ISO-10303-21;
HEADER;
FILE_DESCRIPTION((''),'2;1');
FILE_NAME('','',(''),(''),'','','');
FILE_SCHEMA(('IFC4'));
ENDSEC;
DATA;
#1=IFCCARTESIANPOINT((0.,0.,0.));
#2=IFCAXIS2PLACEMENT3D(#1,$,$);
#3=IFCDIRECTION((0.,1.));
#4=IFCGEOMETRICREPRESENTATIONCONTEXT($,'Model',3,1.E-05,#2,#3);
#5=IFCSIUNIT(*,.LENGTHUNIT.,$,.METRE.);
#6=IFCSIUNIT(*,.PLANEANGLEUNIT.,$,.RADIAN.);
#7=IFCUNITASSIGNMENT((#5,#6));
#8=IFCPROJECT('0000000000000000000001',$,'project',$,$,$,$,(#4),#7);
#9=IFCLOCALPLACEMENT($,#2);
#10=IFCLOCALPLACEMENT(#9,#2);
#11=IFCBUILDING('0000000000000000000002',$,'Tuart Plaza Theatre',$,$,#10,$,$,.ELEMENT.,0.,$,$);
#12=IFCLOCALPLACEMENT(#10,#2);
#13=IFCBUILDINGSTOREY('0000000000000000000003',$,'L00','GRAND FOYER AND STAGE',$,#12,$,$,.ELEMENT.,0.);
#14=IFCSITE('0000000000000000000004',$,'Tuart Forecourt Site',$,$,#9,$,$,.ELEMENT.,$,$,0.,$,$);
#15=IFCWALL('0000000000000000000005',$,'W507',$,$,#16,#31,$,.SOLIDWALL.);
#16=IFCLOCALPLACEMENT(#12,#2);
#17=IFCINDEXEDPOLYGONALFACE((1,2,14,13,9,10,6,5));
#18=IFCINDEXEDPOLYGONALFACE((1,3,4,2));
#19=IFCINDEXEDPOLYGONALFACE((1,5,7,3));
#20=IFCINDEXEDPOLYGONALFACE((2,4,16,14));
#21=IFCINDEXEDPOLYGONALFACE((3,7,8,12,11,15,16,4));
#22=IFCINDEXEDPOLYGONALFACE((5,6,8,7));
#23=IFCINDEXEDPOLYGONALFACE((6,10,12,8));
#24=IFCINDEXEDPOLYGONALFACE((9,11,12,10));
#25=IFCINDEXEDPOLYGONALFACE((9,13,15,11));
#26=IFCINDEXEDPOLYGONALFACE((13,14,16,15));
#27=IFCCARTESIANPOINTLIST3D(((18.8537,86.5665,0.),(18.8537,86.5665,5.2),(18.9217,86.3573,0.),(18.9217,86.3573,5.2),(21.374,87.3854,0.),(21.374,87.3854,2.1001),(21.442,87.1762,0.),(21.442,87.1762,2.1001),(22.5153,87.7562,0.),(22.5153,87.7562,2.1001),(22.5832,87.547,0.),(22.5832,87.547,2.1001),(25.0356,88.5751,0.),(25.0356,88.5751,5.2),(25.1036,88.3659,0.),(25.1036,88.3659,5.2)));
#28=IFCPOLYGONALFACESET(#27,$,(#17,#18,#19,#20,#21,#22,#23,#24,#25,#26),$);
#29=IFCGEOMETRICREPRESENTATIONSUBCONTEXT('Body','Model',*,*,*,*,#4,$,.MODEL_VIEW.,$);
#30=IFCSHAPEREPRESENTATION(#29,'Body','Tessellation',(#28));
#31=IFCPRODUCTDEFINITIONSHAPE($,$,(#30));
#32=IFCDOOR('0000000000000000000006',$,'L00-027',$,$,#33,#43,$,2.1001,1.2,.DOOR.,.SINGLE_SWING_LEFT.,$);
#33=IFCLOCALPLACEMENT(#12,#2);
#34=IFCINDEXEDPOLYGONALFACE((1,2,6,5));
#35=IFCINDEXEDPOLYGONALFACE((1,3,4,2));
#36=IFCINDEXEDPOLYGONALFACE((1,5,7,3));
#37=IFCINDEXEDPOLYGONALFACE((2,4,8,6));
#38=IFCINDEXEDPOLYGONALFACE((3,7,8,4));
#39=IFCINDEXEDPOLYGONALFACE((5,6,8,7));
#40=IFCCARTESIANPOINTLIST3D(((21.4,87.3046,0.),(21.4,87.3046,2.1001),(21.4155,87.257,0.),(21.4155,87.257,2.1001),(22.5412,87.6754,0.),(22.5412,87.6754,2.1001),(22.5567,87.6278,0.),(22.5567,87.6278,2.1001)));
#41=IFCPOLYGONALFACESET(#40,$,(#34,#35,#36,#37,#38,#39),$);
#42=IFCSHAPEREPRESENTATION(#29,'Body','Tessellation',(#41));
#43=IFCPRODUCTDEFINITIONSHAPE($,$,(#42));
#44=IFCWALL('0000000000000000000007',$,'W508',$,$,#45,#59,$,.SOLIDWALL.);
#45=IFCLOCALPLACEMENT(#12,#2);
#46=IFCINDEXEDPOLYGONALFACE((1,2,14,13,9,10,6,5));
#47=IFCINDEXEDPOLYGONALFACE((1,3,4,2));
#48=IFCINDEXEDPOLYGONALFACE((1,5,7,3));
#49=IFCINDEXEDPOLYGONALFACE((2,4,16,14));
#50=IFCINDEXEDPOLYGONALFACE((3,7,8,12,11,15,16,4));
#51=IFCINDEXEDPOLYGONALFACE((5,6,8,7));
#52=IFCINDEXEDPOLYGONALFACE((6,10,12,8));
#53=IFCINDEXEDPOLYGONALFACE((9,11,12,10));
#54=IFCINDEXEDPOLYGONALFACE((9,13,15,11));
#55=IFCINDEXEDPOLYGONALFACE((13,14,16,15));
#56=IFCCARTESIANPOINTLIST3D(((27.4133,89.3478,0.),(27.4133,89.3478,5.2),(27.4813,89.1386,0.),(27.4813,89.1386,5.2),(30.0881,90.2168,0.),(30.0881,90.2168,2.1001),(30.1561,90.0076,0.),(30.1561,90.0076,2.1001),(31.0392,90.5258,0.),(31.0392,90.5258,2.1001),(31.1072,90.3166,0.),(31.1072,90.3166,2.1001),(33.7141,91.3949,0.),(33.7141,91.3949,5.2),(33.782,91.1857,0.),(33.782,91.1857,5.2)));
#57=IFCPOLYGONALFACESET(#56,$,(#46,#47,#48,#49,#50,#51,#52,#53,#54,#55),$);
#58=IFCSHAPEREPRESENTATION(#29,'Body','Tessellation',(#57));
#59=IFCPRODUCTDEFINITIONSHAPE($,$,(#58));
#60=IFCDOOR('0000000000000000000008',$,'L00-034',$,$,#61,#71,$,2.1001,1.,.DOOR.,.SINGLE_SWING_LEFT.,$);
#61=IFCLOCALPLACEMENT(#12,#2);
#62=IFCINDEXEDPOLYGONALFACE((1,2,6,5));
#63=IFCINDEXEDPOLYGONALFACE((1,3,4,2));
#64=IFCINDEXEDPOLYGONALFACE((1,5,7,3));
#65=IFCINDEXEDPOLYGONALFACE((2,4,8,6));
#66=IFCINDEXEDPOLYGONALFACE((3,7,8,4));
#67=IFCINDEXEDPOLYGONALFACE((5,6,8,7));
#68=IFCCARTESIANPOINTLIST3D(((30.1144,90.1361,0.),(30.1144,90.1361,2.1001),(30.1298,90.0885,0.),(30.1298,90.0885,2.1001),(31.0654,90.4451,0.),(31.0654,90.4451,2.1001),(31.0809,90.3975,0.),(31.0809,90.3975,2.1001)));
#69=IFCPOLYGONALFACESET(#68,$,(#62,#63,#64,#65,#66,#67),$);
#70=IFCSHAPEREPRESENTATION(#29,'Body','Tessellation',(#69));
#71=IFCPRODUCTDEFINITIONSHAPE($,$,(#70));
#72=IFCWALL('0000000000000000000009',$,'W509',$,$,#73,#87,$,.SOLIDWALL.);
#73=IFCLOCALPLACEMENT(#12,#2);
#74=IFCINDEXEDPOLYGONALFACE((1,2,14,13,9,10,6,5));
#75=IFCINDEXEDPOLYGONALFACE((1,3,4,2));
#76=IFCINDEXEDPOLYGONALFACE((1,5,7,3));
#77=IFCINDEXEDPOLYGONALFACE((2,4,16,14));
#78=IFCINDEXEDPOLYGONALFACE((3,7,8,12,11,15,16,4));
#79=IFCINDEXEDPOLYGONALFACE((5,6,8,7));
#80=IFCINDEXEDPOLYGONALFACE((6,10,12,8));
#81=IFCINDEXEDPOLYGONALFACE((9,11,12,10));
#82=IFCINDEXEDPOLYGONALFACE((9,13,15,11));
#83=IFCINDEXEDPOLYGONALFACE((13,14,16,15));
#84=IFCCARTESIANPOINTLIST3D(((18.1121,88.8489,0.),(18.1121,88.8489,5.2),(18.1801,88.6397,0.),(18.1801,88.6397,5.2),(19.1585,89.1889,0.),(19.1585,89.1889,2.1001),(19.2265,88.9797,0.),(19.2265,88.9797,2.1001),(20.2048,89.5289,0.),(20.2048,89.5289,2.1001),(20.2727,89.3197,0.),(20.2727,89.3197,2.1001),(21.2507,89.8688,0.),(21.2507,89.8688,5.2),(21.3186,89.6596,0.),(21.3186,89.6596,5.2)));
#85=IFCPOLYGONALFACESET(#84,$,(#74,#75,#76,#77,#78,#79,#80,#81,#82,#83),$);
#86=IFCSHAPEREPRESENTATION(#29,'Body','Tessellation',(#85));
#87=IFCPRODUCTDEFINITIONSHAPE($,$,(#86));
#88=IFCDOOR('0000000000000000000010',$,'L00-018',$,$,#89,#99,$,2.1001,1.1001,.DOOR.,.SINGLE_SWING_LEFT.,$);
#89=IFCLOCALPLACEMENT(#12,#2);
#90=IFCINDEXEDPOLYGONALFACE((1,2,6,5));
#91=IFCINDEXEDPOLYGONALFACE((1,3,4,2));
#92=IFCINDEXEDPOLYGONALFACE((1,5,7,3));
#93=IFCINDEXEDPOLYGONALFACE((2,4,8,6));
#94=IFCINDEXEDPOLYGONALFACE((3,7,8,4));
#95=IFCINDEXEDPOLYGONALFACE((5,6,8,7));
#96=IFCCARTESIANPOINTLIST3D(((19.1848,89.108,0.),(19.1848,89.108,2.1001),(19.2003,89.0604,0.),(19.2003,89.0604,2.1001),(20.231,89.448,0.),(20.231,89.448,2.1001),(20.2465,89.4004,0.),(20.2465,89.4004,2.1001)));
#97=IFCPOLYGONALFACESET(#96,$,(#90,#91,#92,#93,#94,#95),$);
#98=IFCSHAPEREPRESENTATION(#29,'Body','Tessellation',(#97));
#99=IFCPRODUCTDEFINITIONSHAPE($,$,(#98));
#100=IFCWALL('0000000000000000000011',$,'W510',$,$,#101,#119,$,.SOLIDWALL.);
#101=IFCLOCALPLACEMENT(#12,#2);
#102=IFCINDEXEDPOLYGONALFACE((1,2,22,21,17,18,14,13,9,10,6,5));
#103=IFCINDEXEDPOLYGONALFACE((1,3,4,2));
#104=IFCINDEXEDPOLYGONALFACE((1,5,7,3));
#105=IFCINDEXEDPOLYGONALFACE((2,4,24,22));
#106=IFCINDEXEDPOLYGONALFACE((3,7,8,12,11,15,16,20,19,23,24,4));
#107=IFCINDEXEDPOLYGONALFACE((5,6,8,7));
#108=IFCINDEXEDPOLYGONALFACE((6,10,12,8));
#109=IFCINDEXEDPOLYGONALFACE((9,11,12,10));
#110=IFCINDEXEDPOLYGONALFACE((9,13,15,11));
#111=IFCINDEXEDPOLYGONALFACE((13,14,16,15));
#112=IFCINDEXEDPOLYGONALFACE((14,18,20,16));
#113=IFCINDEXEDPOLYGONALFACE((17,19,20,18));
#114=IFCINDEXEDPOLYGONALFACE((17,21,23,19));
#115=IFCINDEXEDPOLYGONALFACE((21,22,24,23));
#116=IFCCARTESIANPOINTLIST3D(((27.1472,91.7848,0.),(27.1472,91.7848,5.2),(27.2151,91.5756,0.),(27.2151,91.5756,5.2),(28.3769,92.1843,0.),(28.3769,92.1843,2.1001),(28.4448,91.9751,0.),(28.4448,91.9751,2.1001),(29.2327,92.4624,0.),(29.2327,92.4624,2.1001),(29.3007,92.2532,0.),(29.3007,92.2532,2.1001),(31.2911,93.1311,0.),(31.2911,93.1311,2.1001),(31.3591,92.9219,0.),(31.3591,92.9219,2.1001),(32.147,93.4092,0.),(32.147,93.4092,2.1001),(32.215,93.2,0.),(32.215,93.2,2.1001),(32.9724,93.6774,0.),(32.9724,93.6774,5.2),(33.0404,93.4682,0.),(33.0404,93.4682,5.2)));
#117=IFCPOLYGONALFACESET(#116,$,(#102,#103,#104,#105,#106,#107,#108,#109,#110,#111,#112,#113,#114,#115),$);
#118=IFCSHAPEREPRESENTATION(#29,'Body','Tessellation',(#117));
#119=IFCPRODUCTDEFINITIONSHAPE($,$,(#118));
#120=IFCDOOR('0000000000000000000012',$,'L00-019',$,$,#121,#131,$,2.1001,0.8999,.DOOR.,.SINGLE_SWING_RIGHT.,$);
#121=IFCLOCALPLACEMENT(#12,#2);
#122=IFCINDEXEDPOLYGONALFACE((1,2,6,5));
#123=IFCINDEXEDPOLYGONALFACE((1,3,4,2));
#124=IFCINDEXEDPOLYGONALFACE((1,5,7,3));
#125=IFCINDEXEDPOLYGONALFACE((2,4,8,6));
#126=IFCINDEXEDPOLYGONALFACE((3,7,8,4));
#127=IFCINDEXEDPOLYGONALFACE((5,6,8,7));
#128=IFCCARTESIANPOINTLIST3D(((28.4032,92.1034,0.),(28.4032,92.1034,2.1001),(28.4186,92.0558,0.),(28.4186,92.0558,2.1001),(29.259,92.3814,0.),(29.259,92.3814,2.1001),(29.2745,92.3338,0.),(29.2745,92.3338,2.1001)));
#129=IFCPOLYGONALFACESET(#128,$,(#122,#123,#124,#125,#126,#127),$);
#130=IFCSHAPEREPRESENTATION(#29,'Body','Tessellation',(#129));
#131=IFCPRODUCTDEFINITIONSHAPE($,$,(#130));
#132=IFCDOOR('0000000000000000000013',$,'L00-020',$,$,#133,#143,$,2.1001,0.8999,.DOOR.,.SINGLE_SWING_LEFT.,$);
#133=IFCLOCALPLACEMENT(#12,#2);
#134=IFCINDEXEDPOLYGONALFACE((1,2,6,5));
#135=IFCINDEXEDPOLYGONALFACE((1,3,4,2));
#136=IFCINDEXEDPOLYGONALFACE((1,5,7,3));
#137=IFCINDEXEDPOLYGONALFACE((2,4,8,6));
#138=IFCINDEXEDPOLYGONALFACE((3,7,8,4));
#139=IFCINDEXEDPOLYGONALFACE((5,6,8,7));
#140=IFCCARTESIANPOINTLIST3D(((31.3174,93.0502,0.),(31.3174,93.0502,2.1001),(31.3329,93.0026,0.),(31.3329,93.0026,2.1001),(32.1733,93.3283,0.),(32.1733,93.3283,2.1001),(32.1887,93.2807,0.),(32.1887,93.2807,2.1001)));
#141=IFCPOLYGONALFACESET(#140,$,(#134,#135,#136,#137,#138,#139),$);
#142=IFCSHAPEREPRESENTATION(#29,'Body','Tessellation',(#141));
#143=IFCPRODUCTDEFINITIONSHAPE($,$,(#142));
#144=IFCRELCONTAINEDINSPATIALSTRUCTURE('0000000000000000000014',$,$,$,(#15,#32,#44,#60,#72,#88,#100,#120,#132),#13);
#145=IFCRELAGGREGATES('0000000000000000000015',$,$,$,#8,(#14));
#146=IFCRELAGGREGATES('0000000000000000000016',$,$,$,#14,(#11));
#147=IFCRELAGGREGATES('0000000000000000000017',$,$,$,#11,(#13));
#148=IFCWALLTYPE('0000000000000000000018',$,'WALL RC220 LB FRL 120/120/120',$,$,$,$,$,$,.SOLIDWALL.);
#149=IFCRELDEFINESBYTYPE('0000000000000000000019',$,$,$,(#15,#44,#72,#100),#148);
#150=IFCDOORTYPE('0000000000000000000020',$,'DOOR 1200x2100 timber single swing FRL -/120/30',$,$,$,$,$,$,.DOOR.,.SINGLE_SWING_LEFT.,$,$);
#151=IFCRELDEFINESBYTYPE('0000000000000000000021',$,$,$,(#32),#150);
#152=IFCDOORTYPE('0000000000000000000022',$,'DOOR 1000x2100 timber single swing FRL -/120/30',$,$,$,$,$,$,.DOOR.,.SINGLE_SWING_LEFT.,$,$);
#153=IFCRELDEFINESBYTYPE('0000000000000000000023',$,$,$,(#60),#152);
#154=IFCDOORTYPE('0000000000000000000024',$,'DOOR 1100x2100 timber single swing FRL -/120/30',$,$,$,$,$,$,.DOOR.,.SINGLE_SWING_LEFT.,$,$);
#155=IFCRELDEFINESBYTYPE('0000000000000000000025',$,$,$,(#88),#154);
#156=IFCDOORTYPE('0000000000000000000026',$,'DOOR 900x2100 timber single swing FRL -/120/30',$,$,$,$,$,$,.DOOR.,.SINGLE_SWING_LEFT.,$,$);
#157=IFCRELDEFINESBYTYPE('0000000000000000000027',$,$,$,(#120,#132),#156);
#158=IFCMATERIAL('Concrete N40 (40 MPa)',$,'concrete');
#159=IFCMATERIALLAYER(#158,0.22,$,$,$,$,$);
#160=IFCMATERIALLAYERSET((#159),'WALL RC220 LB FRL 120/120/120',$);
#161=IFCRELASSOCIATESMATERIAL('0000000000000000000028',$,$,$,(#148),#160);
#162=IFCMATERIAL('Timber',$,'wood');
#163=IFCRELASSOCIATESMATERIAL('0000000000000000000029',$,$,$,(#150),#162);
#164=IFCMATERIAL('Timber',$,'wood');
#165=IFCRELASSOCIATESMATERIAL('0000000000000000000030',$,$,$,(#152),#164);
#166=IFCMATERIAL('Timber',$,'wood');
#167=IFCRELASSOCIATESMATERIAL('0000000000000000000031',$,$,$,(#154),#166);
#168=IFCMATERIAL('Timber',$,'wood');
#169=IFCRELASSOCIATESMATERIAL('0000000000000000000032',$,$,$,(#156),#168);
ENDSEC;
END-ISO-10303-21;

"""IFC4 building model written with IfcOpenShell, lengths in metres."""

from ifc_helpers import new_model, si_unit, direction, frame, frame_2d, origin, place, context, subcontext, project, spatial, rectangle, extrude, material, layer, layer_set, type_object, element, fill, save


model = new_model("IFC4")

# Units and contexts
model_context = context("Model", 3, precision=1e-05, world=origin(), true_north=direction((0.0, 1.0)))
body_context = subcontext(model_context, "Body", "Model", "MODEL_VIEW")
ifc_project = project(units=[si_unit("LENGTHUNIT", "METRE"), si_unit("PLANEANGLEUNIT", "RADIAN")], contexts=[model_context])

# Site, building, storey
site_placement = place(None, origin())
site = spatial("IfcSite", under=ifc_project, at=site_placement, Name="Tuart Forecourt Site", CompositionType="ELEMENT", RefElevation=0.0)
building_placement = place(site_placement, origin())
building = spatial("IfcBuilding", under=site, at=building_placement, Name="Tuart Plaza Theatre", CompositionType="ELEMENT", ElevationOfRefHeight=0.0)
storey_placement = place(building_placement, origin())
storey = spatial("IfcBuildingStorey", under=building, at=storey_placement, Name="L00", Description="GRAND FOYER AND STAGE", CompositionType="ELEMENT", Elevation=0.0)

# Walls, openings, doors
ifc_material_1 = material(Name="Concrete N40 (40 MPa)", Category="concrete")
ifc_layer_1 = layer(ifc_material_1, 0.22)
ifc_layer_set_1 = layer_set([ifc_layer_1], Name="WALL RC220 LB FRL 120/120/120")
wall_type_1 = type_object("IfcWallType", Name="WALL RC220 LB FRL 120/120/120", PredefinedType="SOLIDWALL", material=ifc_layer_set_1)
wall_1_placement = place(storey_placement, frame((18.8877, 86.4619, 0.0), z_axis=(0.0, 0.0, 1.0), x_axis=(0.95106, 0.309007, 0.0)))
wall_1 = element("IfcWall", 1, at=wall_1_placement, inside=storey, type_object=wall_type_1, Name="W507", PredefinedType="SOLIDWALL", context=body_context, shape_type="SweptSolid", body=[
    extrude(rectangle(XDim=6.5, YDim=0.22, at=frame_2d((3.25, 0.0))), origin(), (0.0, 0.0, 1.0), 5.2),
])
opening_1_placement = place(wall_1_placement, frame((2.6499, 0.0, 0.0)))
opening_1 = element("IfcOpeningElement", 2, at=opening_1_placement, cuts=wall_1, PredefinedType="OPENING", context=body_context, shape_type="SweptSolid", body=[
    extrude(rectangle(XDim=1.2, YDim=2.1001, at=frame_2d((0.6001, 1.05))), frame((0.0, 0.1199, 0.0), z_axis=(0.0, -1.0, 0.0), x_axis=(1.0, 0.0, 0.0)), (0.0, 0.0, 1.0), 0.24),
])
ifc_material_2 = material(Name="Timber", Category="wood")
door_type_1 = type_object("IfcDoorType", Name="DOOR 1200x2100 timber single swing FRL -/120/30", OperationType="SINGLE_SWING_LEFT", PredefinedType="DOOR", material=ifc_material_2)
door_1_placement = place(opening_1_placement, frame((1.2, 0.0, 0.0), z_axis=(0.0, 0.0, 1.0), x_axis=(-1.0, 0.0, 0.0)))
door_1 = element("IfcDoor", 3, at=door_1_placement, inside=storey, type_object=door_type_1, Name="L00-027", OperationType="SINGLE_SWING_LEFT", OverallHeight=2.1001, OverallWidth=1.2, PredefinedType="DOOR", context=body_context, shape_type="SweptSolid", body=[
    extrude(rectangle(XDim=1.2, YDim=2.1001, at=frame_2d((0.6001, 1.05))), frame((0.0, 0.0249, 0.0), z_axis=(0.0, -1.0, 0.0), x_axis=(1.0, 0.0, 0.0)), (0.0, 0.0, 1.0), 0.05),
])
fill(opening_1, door_1)
wall_2_placement = place(storey_placement, frame((27.4473, 89.2432, 0.0), z_axis=(0.0, 0.0, 1.0), x_axis=(0.951062, 0.308999, 0.0)))
wall_2 = element("IfcWall", 4, at=wall_2_placement, inside=storey, type_object=wall_type_1, Name="W508", PredefinedType="SOLIDWALL", context=body_context, shape_type="SweptSolid", body=[
    extrude(rectangle(XDim=6.625, YDim=0.22, at=frame_2d((3.3125, 0.0))), origin(), (0.0, 0.0, 1.0), 5.2),
])
opening_2_placement = place(wall_2_placement, frame((2.8125, 0.0, 0.0)))
opening_2 = element("IfcOpeningElement", 5, at=opening_2_placement, cuts=wall_2, PredefinedType="OPENING", context=body_context, shape_type="SweptSolid", body=[
    extrude(rectangle(XDim=1.0, YDim=2.1001, at=frame_2d((0.5, 1.05))), frame((0.0, 0.1199, 0.0), z_axis=(0.0, -1.0, 0.0), x_axis=(1.0, 0.0, 0.0)), (0.0, 0.0, 1.0), 0.24),
])
ifc_material_3 = material(Name="Timber", Category="wood")
door_type_2 = type_object("IfcDoorType", Name="DOOR 1000x2100 timber single swing FRL -/120/30", OperationType="SINGLE_SWING_LEFT", PredefinedType="DOOR", material=ifc_material_3)
door_2_placement = place(opening_2_placement, frame((1.0, 0.0, 0.0), z_axis=(0.0, 0.0, 1.0), x_axis=(-1.0, 0.0, 0.0)))
door_2 = element("IfcDoor", 6, at=door_2_placement, inside=storey, type_object=door_type_2, Name="L00-034", OperationType="SINGLE_SWING_LEFT", OverallHeight=2.1001, OverallWidth=1.0, PredefinedType="DOOR", context=body_context, shape_type="SweptSolid", body=[
    extrude(rectangle(XDim=1.0, YDim=2.1001, at=frame_2d((0.5, 1.05))), frame((0.0, 0.0249, 0.0), z_axis=(0.0, -1.0, 0.0), x_axis=(1.0, 0.0, 0.0)), (0.0, 0.0, 1.0), 0.05),
])
fill(opening_2, door_2)
wall_3_placement = place(storey_placement, frame((18.1462, 88.7444, 0.0), z_axis=(0.0, 0.0, 1.0), x_axis=(0.951053, 0.309028, 0.0)))
wall_3 = element("IfcWall", 7, at=wall_3_placement, inside=storey, type_object=wall_type_1, Name="W509", PredefinedType="SOLIDWALL", context=body_context, shape_type="SweptSolid", body=[
    extrude(rectangle(XDim=3.3, YDim=0.22, at=frame_2d((1.6499, 0.0))), origin(), (0.0, 0.0, 1.0), 5.2),
])
opening_3_placement = place(wall_3_placement, frame((1.1001, 0.0, 0.0)))
opening_3 = element("IfcOpeningElement", 8, at=opening_3_placement, cuts=wall_3, PredefinedType="OPENING", context=body_context, shape_type="SweptSolid", body=[
    extrude(rectangle(XDim=1.1001, YDim=2.1001, at=frame_2d((0.55, 1.05))), frame((0.0, 0.1199, 0.0), z_axis=(0.0, -1.0, 0.0), x_axis=(1.0, 0.0, 0.0)), (0.0, 0.0, 1.0), 0.24),
])
ifc_material_4 = material(Name="Timber", Category="wood")
door_type_3 = type_object("IfcDoorType", Name="DOOR 1100x2100 timber single swing FRL -/120/30", OperationType="SINGLE_SWING_LEFT", PredefinedType="DOOR", material=ifc_material_4)
door_3_placement = place(opening_3_placement, origin())
door_3 = element("IfcDoor", 9, at=door_3_placement, inside=storey, type_object=door_type_3, Name="L00-018", OperationType="SINGLE_SWING_LEFT", OverallHeight=2.1001, OverallWidth=1.1001, PredefinedType="DOOR", context=body_context, shape_type="SweptSolid", body=[
    extrude(rectangle(XDim=1.1001, YDim=2.1001, at=frame_2d((0.55, 1.05))), frame((0.0, 0.0249, 0.0), z_axis=(0.0, -1.0, 0.0), x_axis=(1.0, 0.0, 0.0)), (0.0, 0.0, 1.0), 0.05),
])
fill(opening_3, door_3)

# Wall, openings, doors
wall_4_placement = place(storey_placement, frame((27.1812, 91.6802, 0.0), z_axis=(0.0, 0.0, 1.0), x_axis=(0.951063, 0.308996, 0.0)))
wall_4 = element("IfcWall", 10, at=wall_4_placement, inside=storey, type_object=wall_type_1, Name="W510", PredefinedType="SOLIDWALL", context=body_context, shape_type="SweptSolid", body=[
    extrude(rectangle(XDim=6.125, YDim=0.22, at=frame_2d((3.0625, 0.0))), origin(), (0.0, 0.0, 1.0), 5.2),
])
opening_4_placement = place(wall_4_placement, frame((1.293, 0.0, 0.0)))
opening_4 = element("IfcOpeningElement", 11, at=opening_4_placement, cuts=wall_4, PredefinedType="OPENING", context=body_context, shape_type="SweptSolid", body=[
    extrude(rectangle(XDim=0.8999, YDim=2.1001, at=frame_2d((0.45, 1.05))), frame((0.0, 0.1199, 0.0), z_axis=(0.0, -1.0, 0.0), x_axis=(1.0, 0.0, 0.0)), (0.0, 0.0, 1.0), 0.24),
])
opening_5_placement = place(wall_4_placement, frame((4.3572, 0.0, 0.0)))
opening_5 = element("IfcOpeningElement", 12, at=opening_5_placement, cuts=wall_4, PredefinedType="OPENING", context=body_context, shape_type="SweptSolid", body=[
    extrude(rectangle(XDim=0.8999, YDim=2.1001, at=frame_2d((0.45, 1.05))), frame((0.0, 0.1199, 0.0), z_axis=(0.0, -1.0, 0.0), x_axis=(1.0, 0.0, 0.0)), (0.0, 0.0, 1.0), 0.24),
])
ifc_material_5 = material(Name="Timber", Category="wood")
door_type_4 = type_object("IfcDoorType", Name="DOOR 900x2100 timber single swing FRL -/120/30", OperationType="SINGLE_SWING_LEFT", PredefinedType="DOOR", material=ifc_material_5)
door_4_placement = place(opening_4_placement, origin())
door_4 = element("IfcDoor", 13, at=door_4_placement, inside=storey, type_object=door_type_4, Name="L00-019", OperationType="SINGLE_SWING_RIGHT", OverallHeight=2.1001, OverallWidth=0.8999, PredefinedType="DOOR", context=body_context, shape_type="SweptSolid", body=[
    extrude(rectangle(XDim=0.8999, YDim=2.1001, at=frame_2d((0.45, 1.05))), frame((0.0, 0.0249, 0.0), z_axis=(0.0, -1.0, 0.0), x_axis=(1.0, 0.0, 0.0)), (0.0, 0.0, 1.0), 0.05),
])
fill(opening_4, door_4)
door_5_placement = place(opening_5_placement, origin())
door_5 = element("IfcDoor", 14, at=door_5_placement, inside=storey, type_object=door_type_4, Name="L00-020", OperationType="SINGLE_SWING_LEFT", OverallHeight=2.1001, OverallWidth=0.8999, PredefinedType="DOOR", context=body_context, shape_type="SweptSolid", body=[
    extrude(rectangle(XDim=0.8999, YDim=2.1001, at=frame_2d((0.45, 1.05))), frame((0.0, 0.0249, 0.0), z_axis=(0.0, -1.0, 0.0), x_axis=(1.0, 0.0, 0.0)), (0.0, 0.0, 1.0), 0.05),
])
fill(opening_5, door_5)

save(model, "model.ifc")
